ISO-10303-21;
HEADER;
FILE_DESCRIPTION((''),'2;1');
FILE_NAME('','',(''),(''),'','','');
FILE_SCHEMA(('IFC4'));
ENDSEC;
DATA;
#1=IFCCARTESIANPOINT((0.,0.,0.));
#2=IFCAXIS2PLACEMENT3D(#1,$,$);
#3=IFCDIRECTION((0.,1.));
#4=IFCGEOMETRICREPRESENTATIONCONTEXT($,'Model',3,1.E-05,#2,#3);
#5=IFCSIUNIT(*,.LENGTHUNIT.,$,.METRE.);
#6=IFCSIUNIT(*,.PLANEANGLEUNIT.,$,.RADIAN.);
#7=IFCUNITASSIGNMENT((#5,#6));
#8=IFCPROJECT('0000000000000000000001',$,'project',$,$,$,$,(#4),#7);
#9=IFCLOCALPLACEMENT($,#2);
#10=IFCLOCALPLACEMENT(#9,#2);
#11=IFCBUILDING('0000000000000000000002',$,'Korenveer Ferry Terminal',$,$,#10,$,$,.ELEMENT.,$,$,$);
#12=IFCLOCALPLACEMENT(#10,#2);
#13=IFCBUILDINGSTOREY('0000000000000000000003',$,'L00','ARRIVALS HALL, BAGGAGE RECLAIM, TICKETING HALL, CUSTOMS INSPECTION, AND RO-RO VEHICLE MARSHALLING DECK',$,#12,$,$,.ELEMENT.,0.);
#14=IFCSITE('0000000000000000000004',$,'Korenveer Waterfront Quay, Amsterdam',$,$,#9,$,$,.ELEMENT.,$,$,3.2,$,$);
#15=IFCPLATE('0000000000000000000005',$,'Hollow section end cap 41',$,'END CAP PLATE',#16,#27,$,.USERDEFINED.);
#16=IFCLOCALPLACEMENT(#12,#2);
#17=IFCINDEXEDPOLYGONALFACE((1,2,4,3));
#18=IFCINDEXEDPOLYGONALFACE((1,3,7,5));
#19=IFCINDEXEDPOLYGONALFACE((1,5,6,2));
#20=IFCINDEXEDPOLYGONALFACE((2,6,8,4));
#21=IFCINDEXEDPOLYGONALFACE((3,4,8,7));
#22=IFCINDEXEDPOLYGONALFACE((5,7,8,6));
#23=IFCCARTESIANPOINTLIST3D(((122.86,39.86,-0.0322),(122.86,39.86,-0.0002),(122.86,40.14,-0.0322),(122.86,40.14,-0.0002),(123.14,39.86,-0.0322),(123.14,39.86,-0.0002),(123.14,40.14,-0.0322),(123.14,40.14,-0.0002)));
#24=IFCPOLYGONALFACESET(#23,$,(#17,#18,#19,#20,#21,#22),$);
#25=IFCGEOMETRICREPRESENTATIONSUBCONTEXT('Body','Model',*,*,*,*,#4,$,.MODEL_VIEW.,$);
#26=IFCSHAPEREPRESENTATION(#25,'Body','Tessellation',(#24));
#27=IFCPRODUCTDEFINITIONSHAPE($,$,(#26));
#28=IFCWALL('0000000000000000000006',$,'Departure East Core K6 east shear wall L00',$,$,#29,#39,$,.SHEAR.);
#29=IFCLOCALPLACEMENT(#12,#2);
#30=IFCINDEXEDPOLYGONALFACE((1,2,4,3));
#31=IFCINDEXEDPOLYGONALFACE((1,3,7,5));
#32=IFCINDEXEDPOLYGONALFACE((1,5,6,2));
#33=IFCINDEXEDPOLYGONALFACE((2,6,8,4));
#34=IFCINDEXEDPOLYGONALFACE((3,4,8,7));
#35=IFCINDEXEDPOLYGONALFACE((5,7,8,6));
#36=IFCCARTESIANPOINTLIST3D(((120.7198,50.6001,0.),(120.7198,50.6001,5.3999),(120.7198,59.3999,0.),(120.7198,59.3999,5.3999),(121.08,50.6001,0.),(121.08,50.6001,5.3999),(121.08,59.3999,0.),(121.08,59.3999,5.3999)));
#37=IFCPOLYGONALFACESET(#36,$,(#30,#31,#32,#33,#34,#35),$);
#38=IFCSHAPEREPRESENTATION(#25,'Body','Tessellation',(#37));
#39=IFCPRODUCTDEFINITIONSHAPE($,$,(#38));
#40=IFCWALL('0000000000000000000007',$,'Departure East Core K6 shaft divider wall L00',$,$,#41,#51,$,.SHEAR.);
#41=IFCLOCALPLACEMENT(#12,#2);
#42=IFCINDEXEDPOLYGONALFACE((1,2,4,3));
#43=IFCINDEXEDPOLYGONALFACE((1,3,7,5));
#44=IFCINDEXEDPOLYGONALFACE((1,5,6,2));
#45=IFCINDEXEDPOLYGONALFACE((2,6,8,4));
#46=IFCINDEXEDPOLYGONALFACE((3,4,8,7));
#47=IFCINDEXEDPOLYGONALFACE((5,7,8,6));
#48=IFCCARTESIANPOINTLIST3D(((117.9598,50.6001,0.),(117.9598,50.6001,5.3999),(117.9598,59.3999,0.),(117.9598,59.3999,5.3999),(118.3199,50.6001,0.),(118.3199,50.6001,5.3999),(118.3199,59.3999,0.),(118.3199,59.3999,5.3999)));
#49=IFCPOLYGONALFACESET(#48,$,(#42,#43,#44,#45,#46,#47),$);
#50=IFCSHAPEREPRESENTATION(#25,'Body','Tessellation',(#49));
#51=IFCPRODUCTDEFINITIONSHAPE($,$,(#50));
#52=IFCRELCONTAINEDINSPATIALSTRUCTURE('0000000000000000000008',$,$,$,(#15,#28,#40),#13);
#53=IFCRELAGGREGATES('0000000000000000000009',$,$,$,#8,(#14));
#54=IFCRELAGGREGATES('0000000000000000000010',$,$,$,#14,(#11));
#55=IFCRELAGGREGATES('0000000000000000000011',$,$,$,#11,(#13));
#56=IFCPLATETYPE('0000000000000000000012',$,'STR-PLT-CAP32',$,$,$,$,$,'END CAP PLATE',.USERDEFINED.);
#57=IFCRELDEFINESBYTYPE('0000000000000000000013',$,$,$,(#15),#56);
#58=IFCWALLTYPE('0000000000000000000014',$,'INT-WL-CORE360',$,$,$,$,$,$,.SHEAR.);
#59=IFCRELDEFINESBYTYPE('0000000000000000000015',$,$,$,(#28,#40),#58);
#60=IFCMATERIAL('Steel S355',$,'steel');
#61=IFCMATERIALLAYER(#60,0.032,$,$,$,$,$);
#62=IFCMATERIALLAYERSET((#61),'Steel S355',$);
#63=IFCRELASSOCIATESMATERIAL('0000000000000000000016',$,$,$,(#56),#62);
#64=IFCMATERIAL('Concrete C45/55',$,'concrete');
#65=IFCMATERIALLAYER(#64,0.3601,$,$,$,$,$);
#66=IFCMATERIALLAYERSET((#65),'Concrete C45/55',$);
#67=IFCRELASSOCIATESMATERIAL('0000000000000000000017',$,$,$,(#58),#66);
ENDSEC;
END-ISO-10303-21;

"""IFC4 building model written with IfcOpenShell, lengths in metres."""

from ifc_helpers import new_model, si_unit, direction, frame, frame_2d, origin, origin_2d, place, context, subcontext, project, spatial, rectangle, extrude, material, layer, layer_set, type_object, element, save


model = new_model("IFC4")

# Units and contexts
model_context = context("Model", 3, precision=1e-05, world=origin(), true_north=direction((0.0, 1.0)))
body_context = subcontext(model_context, "Body", "Model", "MODEL_VIEW")
ifc_project = project(units=[si_unit("LENGTHUNIT", "METRE"), si_unit("PLANEANGLEUNIT", "RADIAN")], contexts=[model_context])

# Site, building, storey
site_placement = place(None, origin())
site = spatial("IfcSite", under=ifc_project, at=site_placement, Name="Korenveer Waterfront Quay, Amsterdam", CompositionType="ELEMENT", RefElevation=3.2)
building_placement = place(site_placement, origin())
building = spatial("IfcBuilding", under=site, at=building_placement, Name="Korenveer Ferry Terminal", CompositionType="ELEMENT")
storey_placement = place(building_placement, origin())
storey = spatial("IfcBuildingStorey", under=building, at=storey_placement, Name="L00", Description="ARRIVALS HALL, BAGGAGE RECLAIM, TICKETING HALL, CUSTOMS INSPECTION, AND RO-RO VEHICLE MARSHALLING DECK", CompositionType="ELEMENT", Elevation=0.0)

# Shared definitions
ifc_material_1 = material(Name="Concrete C45/55", Category="concrete")

# Shared definitions
ifc_material_2 = material(Name="Steel S355", Category="steel")

# Plate
ifc_layer_1 = layer(ifc_material_2, 0.032)
ifc_layer_set_1 = layer_set([ifc_layer_1], Name="Steel S355")
plate_type_1 = type_object("IfcPlateType", Name="STR-PLT-CAP32", ElementType="END CAP PLATE", PredefinedType="USERDEFINED", material=ifc_layer_set_1)
plate_1_placement = place(storey_placement, frame((123.0, 40.0, -0.0322), z_axis=(0.0, 0.0, 1.0), x_axis=(1.0, 0.0, 0.0)))
element("IfcPlate", 1, at=plate_1_placement, inside=storey, type_object=plate_type_1, Name="Hollow section end cap 41", ObjectType="END CAP PLATE", PredefinedType="USERDEFINED", context=body_context, shape_type="SweptSolid", body=[
    extrude(rectangle(XDim=0.28, YDim=0.28, at=origin_2d()), origin(), (0.0, 0.0, 1.0), 0.032),
])

# Walls
ifc_layer_2 = layer(ifc_material_1, 0.3601)
ifc_layer_set_2 = layer_set([ifc_layer_2], Name="Concrete C45/55")
wall_type = type_object("IfcWallType", Name="INT-WL-CORE360", PredefinedType="SHEAR", material=ifc_layer_set_2)
for number, where, z_axis, x_axis, name in (
    (2, (120.8999, 50.6001, 0.0), (0.0, 0.0, 1.0), (0.0, 1.0, 0.0), "Departure East Core K6 east shear wall L00"),
    (3, (118.1399, 50.6001, 0.0), (0.0, 0.0, 1.0), (0.0, 1.0, 0.0), "Departure East Core K6 shaft divider wall L00"),
):
    element("IfcWall", number, at=place(storey_placement, frame(where, z_axis=z_axis, x_axis=x_axis)), inside=storey, type_object=wall_type, Name=name, PredefinedType="SHEAR", context=body_context, shape_type="SweptSolid", body=[
        extrude(rectangle(XDim=8.7998, YDim=0.3601, at=frame_2d((4.3999, 0.0))), origin(), (0.0, 0.0, 1.0), 5.3999),
    ])

save(model, "model.ifc")
